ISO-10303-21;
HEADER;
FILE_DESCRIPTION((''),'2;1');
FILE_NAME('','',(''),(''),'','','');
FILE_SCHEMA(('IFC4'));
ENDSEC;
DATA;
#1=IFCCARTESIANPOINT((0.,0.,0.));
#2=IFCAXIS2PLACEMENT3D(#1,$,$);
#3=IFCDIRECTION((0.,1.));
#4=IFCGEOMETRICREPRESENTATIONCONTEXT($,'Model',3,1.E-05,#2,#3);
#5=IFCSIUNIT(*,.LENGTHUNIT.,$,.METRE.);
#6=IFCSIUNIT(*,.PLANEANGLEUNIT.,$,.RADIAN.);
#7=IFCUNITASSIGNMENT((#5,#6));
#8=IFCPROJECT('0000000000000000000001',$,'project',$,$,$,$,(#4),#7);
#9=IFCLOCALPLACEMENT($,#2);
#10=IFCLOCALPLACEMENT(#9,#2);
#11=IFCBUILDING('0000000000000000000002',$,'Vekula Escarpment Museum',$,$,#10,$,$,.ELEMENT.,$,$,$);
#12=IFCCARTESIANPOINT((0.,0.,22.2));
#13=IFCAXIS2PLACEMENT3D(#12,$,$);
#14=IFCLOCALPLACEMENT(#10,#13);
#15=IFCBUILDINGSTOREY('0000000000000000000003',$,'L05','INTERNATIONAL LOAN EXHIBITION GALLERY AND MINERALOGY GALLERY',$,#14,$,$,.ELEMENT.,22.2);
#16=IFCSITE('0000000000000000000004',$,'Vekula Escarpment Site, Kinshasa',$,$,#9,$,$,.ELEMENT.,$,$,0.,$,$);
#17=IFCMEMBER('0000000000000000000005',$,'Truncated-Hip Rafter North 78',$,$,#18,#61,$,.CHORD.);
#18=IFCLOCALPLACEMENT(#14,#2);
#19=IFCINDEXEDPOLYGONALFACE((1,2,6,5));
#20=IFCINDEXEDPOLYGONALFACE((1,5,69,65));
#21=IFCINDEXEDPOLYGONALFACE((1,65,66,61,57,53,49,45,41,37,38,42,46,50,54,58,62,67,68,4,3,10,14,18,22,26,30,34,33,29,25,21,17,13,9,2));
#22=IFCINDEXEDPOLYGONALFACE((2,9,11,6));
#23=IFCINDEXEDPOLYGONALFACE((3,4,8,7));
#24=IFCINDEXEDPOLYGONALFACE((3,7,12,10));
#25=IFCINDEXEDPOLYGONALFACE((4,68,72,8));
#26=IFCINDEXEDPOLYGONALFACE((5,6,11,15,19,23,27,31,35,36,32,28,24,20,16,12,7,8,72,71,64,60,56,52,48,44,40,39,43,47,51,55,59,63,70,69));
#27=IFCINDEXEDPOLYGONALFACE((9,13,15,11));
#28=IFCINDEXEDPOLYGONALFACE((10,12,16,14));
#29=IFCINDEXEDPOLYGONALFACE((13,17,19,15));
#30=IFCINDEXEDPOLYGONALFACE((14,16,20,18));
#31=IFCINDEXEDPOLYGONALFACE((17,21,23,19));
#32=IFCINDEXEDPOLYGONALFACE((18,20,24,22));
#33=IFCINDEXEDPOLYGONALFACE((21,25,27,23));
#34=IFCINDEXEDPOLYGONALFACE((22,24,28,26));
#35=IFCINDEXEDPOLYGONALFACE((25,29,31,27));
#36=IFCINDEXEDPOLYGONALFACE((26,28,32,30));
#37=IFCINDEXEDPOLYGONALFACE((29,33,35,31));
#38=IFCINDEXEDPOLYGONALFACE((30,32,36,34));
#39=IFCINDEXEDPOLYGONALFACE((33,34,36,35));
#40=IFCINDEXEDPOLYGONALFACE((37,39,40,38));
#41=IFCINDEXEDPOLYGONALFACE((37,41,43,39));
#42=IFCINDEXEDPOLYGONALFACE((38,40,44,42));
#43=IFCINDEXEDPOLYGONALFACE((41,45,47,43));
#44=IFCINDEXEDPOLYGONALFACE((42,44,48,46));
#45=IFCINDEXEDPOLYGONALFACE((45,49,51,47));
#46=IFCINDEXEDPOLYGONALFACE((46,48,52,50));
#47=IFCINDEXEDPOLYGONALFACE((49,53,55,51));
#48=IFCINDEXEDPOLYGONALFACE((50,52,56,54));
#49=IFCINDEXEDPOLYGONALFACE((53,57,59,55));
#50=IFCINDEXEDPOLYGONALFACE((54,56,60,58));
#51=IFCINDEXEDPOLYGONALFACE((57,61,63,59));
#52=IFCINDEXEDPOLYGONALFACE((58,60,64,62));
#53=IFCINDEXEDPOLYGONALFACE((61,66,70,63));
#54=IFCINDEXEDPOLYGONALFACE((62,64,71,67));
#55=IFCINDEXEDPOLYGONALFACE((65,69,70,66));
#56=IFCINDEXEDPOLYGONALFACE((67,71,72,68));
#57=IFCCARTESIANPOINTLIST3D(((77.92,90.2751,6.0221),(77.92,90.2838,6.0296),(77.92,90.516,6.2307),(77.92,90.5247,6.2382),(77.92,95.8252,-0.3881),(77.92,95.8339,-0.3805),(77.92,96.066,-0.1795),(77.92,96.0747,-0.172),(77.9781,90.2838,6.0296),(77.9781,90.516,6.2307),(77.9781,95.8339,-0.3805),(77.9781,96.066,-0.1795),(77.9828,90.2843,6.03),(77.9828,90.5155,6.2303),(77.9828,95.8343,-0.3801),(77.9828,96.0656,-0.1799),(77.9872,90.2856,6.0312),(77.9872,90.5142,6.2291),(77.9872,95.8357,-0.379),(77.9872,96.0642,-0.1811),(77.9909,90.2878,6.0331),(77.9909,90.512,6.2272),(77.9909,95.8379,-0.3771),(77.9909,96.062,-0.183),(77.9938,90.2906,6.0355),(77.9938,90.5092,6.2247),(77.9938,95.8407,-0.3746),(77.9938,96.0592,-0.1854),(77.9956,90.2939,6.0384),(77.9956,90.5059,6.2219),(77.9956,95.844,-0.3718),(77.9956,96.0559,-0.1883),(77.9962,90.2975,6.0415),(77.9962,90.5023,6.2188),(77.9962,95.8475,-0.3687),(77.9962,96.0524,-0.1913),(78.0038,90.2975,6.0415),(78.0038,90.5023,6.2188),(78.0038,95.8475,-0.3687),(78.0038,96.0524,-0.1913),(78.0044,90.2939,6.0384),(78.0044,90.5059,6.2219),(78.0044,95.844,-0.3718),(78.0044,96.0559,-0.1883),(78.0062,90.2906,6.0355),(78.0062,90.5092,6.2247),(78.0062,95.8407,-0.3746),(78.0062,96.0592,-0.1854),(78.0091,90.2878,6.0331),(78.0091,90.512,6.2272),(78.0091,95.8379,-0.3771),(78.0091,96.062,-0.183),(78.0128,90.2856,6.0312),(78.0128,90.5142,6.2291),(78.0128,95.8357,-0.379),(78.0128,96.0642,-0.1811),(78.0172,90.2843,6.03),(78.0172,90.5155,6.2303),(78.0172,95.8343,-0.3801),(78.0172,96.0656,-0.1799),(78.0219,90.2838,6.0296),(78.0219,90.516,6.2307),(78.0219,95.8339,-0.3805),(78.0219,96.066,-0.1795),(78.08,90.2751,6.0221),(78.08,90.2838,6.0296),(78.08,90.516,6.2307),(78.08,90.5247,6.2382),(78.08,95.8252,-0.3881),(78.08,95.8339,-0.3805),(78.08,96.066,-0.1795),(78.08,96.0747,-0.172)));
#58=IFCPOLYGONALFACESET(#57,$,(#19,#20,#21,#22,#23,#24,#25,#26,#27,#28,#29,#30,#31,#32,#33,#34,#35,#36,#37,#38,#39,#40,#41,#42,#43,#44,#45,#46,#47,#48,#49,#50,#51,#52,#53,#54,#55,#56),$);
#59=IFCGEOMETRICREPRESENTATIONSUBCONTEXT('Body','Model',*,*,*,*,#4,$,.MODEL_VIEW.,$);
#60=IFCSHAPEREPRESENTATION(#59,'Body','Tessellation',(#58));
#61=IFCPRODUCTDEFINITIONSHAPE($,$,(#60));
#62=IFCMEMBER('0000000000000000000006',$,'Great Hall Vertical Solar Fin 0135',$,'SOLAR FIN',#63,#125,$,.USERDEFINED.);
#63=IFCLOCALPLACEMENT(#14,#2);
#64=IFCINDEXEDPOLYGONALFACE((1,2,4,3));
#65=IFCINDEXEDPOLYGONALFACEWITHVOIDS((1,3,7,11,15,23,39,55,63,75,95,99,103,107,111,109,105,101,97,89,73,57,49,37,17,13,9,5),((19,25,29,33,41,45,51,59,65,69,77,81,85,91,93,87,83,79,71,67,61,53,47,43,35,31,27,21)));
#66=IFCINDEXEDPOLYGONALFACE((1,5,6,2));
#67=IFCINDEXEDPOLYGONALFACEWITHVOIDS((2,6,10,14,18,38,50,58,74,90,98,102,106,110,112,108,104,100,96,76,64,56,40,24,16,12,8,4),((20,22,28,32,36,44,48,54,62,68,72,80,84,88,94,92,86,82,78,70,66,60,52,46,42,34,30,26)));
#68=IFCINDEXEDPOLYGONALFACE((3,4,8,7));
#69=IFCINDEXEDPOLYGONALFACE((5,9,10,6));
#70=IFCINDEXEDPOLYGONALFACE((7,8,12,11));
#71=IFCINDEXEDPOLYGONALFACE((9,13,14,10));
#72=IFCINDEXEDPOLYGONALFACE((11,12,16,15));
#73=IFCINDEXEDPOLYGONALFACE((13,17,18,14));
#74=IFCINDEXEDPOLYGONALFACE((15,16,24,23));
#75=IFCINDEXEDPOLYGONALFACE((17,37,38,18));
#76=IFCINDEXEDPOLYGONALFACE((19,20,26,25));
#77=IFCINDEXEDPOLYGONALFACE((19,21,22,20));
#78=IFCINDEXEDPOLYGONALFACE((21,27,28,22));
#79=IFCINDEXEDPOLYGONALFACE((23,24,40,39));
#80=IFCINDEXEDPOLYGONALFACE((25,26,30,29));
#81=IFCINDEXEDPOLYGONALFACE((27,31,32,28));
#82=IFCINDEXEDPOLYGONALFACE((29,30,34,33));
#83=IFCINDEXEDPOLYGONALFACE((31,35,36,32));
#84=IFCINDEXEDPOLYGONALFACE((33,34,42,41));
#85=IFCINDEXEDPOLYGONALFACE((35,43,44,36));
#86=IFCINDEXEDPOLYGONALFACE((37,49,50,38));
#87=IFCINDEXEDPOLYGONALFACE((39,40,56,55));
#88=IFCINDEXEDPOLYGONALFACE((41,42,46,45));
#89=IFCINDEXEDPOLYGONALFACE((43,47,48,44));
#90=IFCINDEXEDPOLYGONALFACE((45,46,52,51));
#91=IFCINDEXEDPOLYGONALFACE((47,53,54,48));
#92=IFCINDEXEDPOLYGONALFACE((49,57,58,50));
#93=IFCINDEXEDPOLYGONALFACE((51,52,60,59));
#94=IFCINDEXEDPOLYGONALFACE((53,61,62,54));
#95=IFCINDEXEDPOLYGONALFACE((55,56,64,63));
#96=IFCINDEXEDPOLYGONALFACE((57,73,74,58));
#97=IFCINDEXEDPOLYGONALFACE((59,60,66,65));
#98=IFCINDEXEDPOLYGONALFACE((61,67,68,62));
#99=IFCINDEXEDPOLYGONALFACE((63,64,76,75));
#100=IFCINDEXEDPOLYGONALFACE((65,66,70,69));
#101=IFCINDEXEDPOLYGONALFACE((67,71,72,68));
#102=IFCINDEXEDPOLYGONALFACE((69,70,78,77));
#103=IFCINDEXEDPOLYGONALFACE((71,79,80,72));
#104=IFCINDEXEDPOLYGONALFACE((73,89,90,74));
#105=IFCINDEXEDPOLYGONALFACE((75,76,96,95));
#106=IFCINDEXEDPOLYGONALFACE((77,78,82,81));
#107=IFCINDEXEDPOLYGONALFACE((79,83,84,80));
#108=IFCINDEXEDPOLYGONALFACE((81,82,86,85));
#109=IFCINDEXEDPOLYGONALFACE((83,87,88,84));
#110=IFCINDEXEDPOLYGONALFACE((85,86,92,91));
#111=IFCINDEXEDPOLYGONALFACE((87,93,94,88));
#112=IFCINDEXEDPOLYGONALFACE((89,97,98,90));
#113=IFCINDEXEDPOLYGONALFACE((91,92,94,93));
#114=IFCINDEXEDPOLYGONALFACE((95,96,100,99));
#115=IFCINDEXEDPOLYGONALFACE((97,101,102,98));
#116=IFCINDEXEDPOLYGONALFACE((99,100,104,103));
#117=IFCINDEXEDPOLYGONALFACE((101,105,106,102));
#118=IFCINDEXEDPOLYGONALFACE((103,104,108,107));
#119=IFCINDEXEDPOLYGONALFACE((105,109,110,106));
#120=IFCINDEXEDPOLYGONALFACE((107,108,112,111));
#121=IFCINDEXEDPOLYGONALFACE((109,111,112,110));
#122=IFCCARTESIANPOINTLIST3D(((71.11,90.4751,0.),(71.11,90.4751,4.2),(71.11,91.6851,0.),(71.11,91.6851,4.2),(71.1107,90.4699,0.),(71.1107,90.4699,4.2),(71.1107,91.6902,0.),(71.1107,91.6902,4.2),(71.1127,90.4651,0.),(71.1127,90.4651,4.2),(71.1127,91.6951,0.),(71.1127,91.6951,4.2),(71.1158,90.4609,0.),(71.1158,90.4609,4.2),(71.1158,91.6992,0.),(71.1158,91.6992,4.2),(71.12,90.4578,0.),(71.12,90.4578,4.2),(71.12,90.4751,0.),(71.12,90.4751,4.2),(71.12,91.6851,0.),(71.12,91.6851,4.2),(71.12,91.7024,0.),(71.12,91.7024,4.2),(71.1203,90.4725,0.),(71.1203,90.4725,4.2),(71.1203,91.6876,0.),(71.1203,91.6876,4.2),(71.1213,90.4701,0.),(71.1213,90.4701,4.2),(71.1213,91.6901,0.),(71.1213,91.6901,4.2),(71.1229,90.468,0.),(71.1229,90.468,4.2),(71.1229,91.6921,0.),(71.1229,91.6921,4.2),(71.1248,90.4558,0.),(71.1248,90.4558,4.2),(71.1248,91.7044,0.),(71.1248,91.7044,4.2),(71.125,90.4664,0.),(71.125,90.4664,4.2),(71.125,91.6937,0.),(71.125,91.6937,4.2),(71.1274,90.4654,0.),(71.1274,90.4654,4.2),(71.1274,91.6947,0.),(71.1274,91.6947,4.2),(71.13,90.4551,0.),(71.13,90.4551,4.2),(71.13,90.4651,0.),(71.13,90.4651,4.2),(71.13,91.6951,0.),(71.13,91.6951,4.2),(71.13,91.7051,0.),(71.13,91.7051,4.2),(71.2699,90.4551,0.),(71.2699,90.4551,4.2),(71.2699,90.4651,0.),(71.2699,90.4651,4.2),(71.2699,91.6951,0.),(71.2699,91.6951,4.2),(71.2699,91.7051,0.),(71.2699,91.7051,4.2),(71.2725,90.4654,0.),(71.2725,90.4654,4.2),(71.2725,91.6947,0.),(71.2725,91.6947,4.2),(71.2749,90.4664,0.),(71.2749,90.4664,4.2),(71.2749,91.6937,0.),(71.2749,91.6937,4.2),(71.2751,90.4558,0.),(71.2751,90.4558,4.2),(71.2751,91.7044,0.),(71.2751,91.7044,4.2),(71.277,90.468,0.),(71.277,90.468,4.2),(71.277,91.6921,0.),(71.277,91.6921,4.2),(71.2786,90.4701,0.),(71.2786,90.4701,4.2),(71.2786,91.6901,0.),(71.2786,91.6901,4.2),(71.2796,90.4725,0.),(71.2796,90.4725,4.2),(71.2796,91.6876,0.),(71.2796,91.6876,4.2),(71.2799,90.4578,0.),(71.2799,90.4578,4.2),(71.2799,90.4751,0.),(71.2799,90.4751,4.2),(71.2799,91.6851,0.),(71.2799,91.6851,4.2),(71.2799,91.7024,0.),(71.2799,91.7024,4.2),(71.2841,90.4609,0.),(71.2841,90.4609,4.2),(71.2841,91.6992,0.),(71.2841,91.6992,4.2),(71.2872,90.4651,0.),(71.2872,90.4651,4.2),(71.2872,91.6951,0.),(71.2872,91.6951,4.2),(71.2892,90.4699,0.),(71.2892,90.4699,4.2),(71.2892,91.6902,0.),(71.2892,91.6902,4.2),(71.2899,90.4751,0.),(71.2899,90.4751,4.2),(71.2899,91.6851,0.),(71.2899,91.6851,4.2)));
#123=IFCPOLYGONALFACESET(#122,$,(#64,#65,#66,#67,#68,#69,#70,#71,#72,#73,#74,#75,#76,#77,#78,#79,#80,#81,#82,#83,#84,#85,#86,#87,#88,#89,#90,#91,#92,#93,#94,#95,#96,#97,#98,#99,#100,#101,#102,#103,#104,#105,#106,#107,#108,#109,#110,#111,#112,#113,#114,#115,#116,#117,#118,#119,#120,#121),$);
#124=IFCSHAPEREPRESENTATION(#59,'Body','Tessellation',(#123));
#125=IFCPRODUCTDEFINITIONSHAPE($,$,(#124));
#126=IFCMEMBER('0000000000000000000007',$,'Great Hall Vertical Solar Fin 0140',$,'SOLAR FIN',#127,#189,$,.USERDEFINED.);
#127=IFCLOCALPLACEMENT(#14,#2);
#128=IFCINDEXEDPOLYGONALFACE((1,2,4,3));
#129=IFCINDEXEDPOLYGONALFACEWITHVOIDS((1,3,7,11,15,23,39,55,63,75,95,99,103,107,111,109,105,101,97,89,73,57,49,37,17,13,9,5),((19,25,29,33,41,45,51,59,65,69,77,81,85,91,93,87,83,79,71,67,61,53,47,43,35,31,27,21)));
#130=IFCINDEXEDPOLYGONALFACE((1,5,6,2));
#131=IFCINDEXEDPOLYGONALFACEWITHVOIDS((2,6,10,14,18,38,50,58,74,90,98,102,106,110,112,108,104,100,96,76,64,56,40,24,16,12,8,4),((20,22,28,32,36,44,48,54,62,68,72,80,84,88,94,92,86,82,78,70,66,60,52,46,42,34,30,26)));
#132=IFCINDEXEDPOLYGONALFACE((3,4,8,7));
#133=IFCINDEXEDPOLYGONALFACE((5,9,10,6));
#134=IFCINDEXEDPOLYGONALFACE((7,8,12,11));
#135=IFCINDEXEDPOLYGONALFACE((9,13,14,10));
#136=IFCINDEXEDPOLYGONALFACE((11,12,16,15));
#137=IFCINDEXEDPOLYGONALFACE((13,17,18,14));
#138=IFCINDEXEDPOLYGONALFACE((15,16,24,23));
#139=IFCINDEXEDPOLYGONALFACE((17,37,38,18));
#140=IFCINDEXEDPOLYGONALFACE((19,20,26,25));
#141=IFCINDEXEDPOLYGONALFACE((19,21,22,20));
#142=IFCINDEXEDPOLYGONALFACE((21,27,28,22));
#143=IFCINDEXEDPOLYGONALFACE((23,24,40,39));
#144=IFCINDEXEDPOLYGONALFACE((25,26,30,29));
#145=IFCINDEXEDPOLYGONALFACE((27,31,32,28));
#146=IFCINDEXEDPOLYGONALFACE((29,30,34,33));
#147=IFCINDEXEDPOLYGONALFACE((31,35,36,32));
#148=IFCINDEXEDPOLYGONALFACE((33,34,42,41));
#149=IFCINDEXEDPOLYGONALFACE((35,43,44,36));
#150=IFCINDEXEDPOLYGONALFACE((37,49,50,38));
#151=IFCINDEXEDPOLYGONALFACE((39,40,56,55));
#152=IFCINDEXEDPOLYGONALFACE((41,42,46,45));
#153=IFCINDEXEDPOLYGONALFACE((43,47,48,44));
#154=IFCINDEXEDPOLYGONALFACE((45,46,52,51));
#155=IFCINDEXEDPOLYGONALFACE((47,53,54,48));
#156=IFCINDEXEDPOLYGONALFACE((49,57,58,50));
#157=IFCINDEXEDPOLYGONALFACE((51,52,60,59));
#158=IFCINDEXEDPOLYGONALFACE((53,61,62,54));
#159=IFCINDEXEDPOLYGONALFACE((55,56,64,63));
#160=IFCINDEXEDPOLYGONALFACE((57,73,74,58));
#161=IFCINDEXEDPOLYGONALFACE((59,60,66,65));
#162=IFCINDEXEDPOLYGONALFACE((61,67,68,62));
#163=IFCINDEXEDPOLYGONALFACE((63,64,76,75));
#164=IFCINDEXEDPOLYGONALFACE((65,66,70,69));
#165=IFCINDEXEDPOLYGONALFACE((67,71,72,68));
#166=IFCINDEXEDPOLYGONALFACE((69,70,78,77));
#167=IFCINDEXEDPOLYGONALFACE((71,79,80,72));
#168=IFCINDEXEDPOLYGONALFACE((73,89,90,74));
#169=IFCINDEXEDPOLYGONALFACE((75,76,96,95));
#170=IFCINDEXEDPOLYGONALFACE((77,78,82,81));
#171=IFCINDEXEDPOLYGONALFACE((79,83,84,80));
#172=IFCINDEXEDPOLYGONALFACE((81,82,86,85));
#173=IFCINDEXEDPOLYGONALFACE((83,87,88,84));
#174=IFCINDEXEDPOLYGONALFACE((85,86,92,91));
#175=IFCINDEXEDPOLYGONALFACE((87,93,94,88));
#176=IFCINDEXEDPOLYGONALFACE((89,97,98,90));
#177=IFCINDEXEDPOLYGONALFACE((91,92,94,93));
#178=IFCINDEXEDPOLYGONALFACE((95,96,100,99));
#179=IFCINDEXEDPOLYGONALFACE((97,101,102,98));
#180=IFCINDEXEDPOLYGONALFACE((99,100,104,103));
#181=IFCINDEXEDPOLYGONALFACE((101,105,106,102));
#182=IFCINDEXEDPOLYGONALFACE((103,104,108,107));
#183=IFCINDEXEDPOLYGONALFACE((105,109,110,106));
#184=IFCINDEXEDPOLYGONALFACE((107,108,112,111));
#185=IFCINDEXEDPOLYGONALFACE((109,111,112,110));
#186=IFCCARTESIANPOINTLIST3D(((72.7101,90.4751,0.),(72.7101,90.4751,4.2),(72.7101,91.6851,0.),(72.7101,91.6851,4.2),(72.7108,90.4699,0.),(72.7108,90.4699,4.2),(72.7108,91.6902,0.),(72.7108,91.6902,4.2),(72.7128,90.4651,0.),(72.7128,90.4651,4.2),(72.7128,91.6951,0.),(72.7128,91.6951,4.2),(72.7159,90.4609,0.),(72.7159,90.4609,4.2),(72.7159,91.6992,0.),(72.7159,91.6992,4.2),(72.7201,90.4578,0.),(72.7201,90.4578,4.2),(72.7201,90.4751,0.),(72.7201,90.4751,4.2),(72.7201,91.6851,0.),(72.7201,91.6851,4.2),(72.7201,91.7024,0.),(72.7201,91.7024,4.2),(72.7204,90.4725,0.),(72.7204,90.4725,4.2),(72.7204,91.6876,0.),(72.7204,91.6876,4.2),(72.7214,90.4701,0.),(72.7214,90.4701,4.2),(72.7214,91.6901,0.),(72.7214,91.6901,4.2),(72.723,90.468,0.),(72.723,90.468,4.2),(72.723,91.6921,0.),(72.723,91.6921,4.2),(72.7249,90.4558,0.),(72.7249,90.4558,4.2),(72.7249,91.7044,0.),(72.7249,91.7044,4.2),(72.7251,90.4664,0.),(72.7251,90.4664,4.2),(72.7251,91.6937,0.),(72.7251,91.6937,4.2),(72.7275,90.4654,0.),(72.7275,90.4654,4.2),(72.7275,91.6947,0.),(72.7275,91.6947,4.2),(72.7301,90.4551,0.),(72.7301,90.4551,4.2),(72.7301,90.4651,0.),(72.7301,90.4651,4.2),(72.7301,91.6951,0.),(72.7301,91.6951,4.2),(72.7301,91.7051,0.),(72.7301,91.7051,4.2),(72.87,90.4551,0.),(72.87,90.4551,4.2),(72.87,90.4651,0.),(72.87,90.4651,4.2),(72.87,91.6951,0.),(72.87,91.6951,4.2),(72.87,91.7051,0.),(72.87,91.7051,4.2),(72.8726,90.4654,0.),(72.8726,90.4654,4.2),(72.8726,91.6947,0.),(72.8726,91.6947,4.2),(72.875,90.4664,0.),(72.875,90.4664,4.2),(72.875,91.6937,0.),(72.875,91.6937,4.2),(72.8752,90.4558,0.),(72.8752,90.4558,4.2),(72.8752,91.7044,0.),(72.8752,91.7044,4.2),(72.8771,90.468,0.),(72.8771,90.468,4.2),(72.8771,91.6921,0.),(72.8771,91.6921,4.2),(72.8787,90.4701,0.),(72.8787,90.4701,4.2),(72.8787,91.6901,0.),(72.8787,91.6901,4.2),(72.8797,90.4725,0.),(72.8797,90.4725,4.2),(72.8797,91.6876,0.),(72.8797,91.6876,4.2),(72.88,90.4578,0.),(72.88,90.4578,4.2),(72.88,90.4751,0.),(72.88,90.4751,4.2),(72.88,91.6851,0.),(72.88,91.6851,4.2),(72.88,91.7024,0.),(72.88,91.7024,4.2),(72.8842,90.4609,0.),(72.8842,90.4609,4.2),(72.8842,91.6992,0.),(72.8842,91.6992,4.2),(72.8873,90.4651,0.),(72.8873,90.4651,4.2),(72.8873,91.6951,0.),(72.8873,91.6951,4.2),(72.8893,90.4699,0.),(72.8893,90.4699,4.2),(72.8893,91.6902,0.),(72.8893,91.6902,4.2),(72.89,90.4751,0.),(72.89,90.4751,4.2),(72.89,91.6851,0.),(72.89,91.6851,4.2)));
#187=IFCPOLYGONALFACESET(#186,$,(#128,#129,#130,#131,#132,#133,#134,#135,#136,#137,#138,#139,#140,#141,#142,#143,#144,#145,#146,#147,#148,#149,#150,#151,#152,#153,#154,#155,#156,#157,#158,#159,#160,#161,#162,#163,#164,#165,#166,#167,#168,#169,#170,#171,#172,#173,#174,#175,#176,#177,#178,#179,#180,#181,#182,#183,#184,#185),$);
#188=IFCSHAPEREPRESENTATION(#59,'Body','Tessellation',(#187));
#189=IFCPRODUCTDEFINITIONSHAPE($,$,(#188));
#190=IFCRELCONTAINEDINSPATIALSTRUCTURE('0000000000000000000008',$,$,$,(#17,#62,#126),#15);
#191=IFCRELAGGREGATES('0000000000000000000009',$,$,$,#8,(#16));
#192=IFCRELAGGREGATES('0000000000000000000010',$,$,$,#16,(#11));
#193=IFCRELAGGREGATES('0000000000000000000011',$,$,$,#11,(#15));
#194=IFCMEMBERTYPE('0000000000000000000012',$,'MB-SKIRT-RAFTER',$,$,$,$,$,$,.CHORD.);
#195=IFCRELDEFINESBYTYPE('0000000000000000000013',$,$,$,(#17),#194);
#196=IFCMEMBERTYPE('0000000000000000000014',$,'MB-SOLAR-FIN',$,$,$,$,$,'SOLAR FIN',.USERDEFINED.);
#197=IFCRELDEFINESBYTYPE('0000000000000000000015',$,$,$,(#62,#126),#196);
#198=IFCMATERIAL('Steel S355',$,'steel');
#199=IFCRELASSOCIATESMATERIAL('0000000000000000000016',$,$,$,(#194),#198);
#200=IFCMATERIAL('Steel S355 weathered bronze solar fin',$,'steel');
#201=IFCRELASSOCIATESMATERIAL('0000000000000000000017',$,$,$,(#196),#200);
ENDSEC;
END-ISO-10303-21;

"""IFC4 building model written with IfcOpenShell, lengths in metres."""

from ifc_helpers import new_model, si_unit, direction, frame, origin, origin_2d, place, context, subcontext, project, spatial, hollow_rectangle, i_section, extrude, material, material_profile, profile_set, type_object, element, save


model = new_model("IFC4")

# Units and contexts
model_context = context("Model", 3, precision=1e-05, world=origin(), true_north=direction((0.0, 1.0)))
body_context = subcontext(model_context, "Body", "Model", "MODEL_VIEW")
ifc_project = project(units=[si_unit("LENGTHUNIT", "METRE"), si_unit("PLANEANGLEUNIT", "RADIAN")], contexts=[model_context])

# Site, building, storey
site_placement = place(None, origin())
site = spatial("IfcSite", under=ifc_project, at=site_placement, Name="Vekula Escarpment Site, Kinshasa", CompositionType="ELEMENT", RefElevation=0.0)
building_placement = place(site_placement, origin())
building = spatial("IfcBuilding", under=site, at=building_placement, Name="Vekula Escarpment Museum", CompositionType="ELEMENT")
storey_placement = place(building_placement, frame((0.0, 0.0, 22.2)))
storey = spatial("IfcBuildingStorey", under=building, at=storey_placement, Name="L05", Description="INTERNATIONAL LOAN EXHIBITION GALLERY AND MINERALOGY GALLERY", CompositionType="ELEMENT", Elevation=22.2)

# Members
ifc_material_1 = material(Name="Steel S355", Category="steel")
ifc_material_profile_1 = material_profile(ifc_material_1, i_section(OverallWidth=0.1599, OverallDepth=0.3301, WebThickness=0.0076, FlangeThickness=0.0115, FilletRadius=0.0181, at=origin_2d()), Name="IPE 330")
ifc_profile_set_1 = profile_set([ifc_material_profile_1], Name="Steel S355")
member_type_1 = type_object("IfcMemberType", Name="MB-SKIRT-RAFTER", PredefinedType="CHORD", material=ifc_profile_set_1)
for number, where, z_axis, x_axis, name in (
    (1, (78.0, 95.95, -0.28), (0.0, -0.654565, 0.756005), (1.0, 0.0, 0.0), "Truncated-Hip Rafter North 78"),
):
    element("IfcMember", number, at=place(storey_placement, frame(where, z_axis=z_axis, x_axis=x_axis)), inside=storey, type_object=member_type_1, Name=name, PredefinedType="CHORD", context=body_context, shape_type="SweptSolid", body=[
        extrude(i_section(OverallWidth=0.1599, OverallDepth=0.3301, WebThickness=0.0076, FlangeThickness=0.0115, FilletRadius=0.0181, at=origin_2d()), origin(), (0.0, 0.0, 1.0), 8.479),
    ])
ifc_material_2 = material(Name="Steel S355 weathered bronze solar fin", Category="steel")
ifc_material_profile_2 = material_profile(ifc_material_2, hollow_rectangle(XDim=0.1799, YDim=1.25, WallThickness=0.01, InnerFilletRadius=0.01, OuterFilletRadius=0.02, at=origin_2d()), Name="RHS 1250x180x10")
ifc_profile_set_2 = profile_set([ifc_material_profile_2], Name="Steel S355 weathered bronze solar fin")
member_type_2 = type_object("IfcMemberType", Name="MB-SOLAR-FIN", ElementType="SOLAR FIN", PredefinedType="USERDEFINED", material=ifc_profile_set_2)
for number, where, z_axis, x_axis, name in (
    (2, (71.2, 91.0801, 0.0), (0.0, 0.0, 1.0), (1.0, 0.0, 0.0), "Great Hall Vertical Solar Fin 0135"),
    (3, (72.8, 91.0801, 0.0), (0.0, 0.0, 1.0), (1.0, 0.0, 0.0), "Great Hall Vertical Solar Fin 0140"),
):
    element("IfcMember", number, at=place(storey_placement, frame(where, z_axis=z_axis, x_axis=x_axis)), inside=storey, type_object=member_type_2, Name=name, ObjectType="SOLAR FIN", PredefinedType="USERDEFINED", context=body_context, shape_type="SweptSolid", body=[
        extrude(hollow_rectangle(XDim=0.1799, YDim=1.25, WallThickness=0.01, InnerFilletRadius=0.01, OuterFilletRadius=0.02, at=origin_2d()), origin(), (0.0, 0.0, 1.0), 4.2),
    ])

save(model, "model.ifc")
